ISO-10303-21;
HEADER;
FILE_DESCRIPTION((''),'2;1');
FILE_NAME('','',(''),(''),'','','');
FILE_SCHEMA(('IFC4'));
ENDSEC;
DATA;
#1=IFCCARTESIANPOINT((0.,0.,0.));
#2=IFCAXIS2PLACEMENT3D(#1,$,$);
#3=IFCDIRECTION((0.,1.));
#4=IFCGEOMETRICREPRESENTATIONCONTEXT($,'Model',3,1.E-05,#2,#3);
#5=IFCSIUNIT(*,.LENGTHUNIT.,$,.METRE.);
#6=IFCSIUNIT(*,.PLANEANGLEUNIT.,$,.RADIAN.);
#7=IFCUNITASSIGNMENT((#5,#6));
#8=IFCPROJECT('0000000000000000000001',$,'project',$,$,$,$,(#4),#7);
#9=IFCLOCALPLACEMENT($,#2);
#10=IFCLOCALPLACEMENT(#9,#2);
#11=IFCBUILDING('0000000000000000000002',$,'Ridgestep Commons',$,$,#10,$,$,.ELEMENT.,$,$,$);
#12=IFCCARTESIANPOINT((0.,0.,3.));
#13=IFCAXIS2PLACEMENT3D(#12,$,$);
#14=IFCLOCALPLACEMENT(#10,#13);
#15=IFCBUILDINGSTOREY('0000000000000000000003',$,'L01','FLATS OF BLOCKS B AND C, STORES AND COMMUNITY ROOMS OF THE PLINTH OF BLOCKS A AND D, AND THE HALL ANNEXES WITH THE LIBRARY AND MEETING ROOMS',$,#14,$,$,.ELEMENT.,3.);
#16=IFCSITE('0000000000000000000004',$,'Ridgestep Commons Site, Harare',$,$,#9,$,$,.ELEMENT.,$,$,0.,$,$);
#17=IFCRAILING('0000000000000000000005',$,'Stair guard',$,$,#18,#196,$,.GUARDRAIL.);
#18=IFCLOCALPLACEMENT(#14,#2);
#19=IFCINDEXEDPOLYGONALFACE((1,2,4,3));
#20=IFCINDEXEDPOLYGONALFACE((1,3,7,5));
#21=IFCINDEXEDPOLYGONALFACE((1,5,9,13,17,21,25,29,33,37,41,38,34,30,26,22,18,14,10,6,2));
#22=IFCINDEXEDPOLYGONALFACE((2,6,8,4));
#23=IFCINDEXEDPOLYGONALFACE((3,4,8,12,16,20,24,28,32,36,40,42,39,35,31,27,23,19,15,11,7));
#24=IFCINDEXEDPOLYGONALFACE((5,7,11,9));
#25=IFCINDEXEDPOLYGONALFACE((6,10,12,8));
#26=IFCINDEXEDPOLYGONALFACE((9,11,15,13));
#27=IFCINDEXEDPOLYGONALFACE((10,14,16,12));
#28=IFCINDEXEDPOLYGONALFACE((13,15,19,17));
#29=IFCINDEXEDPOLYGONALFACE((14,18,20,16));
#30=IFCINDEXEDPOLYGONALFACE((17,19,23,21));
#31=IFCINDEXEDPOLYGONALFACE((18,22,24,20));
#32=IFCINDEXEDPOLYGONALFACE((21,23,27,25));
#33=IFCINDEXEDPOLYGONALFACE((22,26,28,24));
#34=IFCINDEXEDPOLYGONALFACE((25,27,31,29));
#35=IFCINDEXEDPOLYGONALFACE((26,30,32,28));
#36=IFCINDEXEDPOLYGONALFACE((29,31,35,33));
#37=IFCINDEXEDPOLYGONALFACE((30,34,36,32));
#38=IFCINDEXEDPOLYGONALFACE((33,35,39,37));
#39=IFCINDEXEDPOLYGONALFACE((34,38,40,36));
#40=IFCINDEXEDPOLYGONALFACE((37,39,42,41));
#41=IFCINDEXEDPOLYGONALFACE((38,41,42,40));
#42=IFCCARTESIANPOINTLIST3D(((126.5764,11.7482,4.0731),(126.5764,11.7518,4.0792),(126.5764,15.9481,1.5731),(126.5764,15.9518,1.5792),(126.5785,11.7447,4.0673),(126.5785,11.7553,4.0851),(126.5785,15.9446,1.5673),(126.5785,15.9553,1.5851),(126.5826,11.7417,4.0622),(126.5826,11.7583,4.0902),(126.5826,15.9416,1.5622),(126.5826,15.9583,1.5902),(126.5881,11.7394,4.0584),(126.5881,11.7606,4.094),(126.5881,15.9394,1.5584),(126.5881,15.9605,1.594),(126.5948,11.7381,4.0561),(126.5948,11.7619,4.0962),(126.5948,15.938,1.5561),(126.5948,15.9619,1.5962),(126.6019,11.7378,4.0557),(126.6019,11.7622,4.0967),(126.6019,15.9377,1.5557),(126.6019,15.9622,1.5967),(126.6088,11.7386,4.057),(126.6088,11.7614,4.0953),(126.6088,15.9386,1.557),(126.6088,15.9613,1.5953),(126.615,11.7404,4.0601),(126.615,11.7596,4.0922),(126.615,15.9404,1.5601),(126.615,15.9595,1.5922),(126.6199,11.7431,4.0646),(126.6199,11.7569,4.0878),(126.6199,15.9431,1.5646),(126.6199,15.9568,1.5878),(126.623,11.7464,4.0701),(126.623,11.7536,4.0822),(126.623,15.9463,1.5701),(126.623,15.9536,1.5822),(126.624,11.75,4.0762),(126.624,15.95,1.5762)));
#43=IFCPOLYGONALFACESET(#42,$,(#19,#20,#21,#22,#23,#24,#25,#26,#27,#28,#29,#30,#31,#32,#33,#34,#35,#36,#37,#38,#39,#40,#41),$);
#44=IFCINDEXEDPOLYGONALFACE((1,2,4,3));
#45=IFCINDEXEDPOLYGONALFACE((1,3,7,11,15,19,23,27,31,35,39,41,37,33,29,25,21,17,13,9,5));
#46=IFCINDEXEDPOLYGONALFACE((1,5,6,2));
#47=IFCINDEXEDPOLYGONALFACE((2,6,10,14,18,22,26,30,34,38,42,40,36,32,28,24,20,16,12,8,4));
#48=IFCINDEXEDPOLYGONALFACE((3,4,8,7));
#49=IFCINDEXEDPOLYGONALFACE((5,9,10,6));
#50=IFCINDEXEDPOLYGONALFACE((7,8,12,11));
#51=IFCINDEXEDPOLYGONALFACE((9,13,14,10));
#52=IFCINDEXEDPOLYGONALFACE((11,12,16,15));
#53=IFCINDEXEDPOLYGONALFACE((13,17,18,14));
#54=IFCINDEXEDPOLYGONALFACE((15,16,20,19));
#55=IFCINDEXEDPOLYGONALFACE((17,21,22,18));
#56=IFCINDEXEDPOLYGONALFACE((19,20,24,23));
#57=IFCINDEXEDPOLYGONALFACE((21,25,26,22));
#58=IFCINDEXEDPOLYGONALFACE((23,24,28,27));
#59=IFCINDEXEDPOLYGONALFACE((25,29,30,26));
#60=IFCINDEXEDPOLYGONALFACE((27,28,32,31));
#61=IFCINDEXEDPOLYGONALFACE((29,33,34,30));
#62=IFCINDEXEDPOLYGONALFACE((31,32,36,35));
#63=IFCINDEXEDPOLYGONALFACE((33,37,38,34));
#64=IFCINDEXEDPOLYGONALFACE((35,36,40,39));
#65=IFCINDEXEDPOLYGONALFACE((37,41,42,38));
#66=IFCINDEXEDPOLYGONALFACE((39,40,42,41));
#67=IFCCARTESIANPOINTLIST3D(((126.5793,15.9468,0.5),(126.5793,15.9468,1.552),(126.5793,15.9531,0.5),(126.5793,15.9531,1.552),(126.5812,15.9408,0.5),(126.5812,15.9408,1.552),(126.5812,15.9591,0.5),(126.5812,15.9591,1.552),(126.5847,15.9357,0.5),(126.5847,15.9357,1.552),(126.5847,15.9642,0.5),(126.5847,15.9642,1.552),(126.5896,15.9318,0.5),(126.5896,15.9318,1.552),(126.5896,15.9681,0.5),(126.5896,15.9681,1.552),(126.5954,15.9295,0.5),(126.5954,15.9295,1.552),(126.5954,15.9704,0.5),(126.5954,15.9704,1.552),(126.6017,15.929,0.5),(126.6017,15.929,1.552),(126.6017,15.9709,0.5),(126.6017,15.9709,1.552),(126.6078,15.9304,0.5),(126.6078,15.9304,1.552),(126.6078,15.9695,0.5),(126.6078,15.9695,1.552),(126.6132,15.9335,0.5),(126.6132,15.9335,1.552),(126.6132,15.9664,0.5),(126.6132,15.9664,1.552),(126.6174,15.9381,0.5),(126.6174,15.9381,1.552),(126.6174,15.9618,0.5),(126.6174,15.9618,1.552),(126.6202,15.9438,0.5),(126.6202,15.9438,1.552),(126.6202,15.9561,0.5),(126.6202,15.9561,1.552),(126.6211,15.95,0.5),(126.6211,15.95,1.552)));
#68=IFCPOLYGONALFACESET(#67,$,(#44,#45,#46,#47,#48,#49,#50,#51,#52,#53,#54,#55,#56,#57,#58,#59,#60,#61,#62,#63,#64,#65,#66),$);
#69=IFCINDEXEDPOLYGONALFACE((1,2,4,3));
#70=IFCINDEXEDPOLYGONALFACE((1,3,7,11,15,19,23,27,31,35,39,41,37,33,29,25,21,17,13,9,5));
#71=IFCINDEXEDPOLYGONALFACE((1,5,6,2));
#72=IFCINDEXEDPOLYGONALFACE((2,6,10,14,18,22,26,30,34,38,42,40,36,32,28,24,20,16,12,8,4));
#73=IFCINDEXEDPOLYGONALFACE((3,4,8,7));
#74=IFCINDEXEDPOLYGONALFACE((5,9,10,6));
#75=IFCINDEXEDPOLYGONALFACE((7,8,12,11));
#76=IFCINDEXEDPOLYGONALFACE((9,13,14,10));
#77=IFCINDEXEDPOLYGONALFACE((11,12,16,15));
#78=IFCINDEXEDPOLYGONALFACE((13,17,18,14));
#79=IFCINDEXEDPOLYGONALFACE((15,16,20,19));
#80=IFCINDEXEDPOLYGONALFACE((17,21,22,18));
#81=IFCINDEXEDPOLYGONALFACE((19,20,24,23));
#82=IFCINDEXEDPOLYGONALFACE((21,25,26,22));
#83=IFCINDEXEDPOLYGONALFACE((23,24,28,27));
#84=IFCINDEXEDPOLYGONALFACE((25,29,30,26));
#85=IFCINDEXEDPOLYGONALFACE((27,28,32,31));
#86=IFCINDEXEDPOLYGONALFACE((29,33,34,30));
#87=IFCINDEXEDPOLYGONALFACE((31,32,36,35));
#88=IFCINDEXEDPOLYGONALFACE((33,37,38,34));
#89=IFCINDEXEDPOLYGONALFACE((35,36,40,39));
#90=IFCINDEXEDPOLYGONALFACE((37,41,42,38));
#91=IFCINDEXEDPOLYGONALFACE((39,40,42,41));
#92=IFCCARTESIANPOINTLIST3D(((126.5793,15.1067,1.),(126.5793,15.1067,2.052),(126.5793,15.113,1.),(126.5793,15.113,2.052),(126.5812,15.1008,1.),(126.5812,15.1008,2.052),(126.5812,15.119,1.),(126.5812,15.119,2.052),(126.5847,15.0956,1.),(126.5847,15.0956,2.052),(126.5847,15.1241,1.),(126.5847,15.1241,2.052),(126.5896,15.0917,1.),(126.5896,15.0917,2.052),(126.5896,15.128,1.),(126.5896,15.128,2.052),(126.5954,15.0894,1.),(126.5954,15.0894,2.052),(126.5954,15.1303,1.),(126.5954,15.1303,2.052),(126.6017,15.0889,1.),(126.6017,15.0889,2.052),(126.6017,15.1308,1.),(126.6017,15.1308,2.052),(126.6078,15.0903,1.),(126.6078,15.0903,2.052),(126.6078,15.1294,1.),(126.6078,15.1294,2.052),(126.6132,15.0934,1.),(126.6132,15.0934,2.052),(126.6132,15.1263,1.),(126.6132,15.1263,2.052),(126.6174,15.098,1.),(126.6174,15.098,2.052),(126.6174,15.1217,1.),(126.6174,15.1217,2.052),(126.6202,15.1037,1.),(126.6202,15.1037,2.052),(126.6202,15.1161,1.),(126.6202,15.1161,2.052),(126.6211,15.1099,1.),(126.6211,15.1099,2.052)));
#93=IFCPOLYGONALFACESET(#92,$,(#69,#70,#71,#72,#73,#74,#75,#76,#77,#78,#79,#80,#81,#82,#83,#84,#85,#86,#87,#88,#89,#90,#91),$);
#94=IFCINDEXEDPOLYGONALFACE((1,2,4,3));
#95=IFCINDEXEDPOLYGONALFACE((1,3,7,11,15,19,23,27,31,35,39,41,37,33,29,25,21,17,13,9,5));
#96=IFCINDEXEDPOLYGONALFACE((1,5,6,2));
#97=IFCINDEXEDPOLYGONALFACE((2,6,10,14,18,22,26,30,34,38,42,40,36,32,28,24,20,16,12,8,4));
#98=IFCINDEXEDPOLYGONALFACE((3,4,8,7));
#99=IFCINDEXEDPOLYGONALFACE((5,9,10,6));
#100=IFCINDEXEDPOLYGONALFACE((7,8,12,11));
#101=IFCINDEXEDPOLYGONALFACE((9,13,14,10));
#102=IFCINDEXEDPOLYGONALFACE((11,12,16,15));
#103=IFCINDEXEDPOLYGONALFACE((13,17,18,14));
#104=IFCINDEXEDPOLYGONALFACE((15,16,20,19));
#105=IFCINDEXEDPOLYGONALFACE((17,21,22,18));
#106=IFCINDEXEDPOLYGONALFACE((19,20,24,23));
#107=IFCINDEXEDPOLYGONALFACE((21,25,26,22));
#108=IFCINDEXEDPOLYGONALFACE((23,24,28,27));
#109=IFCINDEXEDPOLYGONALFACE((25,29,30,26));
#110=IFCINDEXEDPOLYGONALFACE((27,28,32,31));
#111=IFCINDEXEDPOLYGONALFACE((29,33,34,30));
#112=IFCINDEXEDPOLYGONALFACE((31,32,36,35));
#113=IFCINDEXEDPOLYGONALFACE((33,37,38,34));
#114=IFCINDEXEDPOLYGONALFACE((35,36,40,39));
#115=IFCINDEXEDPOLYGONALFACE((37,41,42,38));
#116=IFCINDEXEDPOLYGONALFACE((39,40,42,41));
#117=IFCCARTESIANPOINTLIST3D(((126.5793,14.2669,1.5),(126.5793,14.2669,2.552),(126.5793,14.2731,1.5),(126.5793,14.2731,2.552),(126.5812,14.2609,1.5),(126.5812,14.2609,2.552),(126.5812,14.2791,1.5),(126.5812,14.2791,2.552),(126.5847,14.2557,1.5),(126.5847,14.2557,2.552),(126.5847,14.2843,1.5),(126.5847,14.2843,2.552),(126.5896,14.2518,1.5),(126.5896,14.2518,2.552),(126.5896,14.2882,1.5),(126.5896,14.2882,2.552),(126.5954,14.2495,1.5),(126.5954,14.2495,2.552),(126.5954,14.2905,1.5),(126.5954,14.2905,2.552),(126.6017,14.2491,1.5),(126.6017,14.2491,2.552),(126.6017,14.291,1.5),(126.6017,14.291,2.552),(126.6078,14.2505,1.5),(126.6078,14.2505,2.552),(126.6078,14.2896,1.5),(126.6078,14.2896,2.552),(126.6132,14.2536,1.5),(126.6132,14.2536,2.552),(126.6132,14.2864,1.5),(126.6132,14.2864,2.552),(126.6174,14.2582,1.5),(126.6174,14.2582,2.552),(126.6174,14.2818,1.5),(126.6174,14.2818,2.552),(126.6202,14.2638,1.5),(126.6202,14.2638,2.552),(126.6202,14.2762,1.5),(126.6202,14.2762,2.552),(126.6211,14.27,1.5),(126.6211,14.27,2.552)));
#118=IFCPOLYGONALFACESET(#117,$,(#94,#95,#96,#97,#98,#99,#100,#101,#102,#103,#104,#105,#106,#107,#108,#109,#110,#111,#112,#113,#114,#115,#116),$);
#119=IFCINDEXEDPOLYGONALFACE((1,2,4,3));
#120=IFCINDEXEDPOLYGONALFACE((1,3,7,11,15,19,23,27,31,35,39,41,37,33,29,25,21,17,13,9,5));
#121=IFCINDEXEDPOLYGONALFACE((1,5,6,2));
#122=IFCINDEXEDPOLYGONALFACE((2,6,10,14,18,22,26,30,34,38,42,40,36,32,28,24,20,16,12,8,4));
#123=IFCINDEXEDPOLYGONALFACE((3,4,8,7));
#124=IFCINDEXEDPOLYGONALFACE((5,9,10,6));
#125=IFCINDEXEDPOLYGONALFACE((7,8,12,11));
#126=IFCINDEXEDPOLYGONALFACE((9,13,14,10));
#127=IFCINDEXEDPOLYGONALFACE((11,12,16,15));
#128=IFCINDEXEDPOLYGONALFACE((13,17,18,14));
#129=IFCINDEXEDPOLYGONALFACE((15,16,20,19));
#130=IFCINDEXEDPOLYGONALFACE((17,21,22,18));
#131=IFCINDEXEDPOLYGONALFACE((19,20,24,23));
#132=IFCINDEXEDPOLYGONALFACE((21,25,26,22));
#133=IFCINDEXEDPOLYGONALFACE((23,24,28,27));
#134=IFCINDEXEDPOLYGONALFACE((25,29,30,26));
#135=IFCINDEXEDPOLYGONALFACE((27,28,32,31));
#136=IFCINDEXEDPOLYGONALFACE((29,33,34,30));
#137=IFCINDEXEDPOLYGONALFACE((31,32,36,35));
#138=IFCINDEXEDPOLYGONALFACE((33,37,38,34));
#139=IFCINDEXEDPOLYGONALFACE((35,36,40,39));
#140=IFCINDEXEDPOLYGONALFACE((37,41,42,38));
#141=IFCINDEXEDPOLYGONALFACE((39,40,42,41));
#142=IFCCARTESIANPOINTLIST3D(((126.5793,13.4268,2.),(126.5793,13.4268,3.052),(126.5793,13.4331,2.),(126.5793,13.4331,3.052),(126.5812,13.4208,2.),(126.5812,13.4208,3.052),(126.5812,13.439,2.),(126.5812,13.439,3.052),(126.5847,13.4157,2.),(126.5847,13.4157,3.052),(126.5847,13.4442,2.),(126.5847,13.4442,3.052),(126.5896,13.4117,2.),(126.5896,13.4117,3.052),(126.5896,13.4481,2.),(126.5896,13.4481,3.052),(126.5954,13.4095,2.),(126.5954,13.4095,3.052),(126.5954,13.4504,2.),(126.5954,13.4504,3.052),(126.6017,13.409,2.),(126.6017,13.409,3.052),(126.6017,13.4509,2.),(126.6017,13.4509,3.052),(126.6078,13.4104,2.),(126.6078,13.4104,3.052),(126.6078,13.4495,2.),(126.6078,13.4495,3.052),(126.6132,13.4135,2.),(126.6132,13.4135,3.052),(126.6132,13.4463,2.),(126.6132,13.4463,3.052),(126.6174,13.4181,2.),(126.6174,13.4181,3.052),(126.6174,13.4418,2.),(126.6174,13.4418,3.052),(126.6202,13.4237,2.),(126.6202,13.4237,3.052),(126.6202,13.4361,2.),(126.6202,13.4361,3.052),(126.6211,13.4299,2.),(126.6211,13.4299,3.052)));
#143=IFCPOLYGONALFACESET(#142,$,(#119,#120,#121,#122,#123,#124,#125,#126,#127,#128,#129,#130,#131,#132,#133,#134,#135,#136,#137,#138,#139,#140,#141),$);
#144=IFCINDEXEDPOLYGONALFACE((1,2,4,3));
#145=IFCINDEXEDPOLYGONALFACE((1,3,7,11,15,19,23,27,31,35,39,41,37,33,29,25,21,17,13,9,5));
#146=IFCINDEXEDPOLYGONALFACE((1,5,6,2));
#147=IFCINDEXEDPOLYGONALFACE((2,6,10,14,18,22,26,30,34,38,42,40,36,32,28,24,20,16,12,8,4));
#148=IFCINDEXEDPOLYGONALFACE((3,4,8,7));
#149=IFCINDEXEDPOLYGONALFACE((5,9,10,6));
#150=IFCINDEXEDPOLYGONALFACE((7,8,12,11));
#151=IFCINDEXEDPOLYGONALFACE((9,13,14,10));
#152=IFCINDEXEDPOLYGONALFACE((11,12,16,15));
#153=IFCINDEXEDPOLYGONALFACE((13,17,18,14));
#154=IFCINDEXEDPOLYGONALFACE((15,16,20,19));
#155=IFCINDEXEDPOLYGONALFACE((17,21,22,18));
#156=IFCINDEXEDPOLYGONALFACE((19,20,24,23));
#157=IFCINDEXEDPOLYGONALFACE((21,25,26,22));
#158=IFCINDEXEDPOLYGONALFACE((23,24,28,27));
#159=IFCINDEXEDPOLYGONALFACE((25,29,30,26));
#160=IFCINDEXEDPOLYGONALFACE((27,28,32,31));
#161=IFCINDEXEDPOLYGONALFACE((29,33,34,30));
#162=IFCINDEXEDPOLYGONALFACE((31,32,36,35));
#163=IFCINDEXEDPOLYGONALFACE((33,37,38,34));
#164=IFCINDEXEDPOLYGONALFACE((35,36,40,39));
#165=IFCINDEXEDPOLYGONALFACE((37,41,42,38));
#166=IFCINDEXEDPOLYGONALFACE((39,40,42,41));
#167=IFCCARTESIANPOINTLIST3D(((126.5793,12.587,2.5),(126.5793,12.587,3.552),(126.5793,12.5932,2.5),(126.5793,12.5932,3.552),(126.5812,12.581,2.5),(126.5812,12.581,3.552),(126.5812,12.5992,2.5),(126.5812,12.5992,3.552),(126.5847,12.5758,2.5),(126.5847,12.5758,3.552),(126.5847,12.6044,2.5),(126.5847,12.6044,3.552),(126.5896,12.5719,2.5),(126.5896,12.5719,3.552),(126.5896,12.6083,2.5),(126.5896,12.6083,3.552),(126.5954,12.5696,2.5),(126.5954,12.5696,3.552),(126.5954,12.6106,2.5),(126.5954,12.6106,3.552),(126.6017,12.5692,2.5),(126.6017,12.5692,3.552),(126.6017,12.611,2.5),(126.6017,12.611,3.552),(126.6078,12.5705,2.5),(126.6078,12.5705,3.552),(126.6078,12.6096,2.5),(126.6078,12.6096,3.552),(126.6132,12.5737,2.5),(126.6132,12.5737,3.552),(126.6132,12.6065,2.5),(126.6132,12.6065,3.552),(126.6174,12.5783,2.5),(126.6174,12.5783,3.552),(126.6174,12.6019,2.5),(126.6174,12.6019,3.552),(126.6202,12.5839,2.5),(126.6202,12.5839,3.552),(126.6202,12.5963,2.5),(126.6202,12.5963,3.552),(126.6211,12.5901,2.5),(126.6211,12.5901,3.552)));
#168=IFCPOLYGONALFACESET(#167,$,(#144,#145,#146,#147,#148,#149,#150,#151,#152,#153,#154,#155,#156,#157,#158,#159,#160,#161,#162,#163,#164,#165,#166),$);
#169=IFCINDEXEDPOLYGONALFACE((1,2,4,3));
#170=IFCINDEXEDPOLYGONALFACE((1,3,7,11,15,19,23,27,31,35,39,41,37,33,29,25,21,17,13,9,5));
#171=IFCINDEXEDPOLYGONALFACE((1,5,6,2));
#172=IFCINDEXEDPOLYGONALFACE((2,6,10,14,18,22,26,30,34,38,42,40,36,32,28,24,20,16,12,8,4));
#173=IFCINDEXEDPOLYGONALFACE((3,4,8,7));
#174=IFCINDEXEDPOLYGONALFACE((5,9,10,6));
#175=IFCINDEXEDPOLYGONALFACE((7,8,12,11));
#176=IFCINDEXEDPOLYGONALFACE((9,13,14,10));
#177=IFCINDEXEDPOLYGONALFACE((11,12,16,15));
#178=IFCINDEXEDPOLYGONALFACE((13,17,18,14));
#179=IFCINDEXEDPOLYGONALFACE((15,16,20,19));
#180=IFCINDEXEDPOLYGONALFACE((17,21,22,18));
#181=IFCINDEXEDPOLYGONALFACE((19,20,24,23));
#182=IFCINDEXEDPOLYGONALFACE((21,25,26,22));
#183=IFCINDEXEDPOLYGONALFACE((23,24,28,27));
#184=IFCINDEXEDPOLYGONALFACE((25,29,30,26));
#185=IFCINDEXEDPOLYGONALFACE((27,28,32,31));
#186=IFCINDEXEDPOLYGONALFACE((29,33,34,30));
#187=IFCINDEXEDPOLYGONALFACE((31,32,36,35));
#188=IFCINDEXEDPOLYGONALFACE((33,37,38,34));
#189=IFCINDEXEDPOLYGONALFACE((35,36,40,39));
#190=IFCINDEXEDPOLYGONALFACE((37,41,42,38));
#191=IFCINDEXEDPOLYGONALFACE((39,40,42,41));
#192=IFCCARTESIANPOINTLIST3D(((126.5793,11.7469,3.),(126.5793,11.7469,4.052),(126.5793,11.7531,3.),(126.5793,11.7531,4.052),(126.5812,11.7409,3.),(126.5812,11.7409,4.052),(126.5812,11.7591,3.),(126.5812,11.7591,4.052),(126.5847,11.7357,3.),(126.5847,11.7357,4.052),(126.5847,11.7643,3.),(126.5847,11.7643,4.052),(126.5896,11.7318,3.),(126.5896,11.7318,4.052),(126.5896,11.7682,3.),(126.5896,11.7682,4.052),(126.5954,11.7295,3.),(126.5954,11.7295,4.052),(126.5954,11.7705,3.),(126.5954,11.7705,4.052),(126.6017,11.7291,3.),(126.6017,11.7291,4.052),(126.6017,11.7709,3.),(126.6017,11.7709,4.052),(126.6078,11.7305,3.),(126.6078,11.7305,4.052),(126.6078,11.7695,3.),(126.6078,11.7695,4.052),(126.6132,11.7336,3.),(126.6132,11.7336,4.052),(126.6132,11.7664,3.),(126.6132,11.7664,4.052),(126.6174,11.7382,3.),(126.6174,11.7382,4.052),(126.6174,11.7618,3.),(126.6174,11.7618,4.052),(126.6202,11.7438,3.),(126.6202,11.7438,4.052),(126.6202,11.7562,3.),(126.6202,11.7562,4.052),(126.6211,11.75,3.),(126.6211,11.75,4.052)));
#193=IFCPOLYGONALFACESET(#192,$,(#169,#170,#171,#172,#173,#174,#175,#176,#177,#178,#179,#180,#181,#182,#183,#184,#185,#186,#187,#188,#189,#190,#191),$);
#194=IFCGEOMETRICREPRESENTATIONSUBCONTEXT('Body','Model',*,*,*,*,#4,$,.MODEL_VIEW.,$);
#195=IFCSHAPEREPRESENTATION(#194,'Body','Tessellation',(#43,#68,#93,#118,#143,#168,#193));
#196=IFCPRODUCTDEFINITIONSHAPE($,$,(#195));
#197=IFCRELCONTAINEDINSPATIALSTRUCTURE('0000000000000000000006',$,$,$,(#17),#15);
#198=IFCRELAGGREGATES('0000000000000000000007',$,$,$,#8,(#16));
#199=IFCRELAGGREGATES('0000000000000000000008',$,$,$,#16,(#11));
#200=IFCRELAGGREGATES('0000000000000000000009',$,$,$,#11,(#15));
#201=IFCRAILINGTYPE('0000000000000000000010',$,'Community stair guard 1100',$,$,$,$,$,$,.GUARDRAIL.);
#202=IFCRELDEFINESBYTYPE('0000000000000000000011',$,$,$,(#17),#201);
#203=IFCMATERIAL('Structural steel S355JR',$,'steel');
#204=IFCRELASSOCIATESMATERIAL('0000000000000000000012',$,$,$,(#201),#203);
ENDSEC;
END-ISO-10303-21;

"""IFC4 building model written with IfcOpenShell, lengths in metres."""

from ifc_helpers import new_model, si_unit, direction, frame, origin, origin_2d, place, context, subcontext, project, spatial, circle, extrude, material, type_object, element, save


model = new_model("IFC4")

# Units and contexts
model_context = context("Model", 3, precision=1e-05, world=origin(), true_north=direction((0.0, 1.0)))
body_context = subcontext(model_context, "Body", "Model", "MODEL_VIEW")
ifc_project = project(units=[si_unit("LENGTHUNIT", "METRE"), si_unit("PLANEANGLEUNIT", "RADIAN")], contexts=[model_context])

# Site, building, storey
site_placement = place(None, origin())
site = spatial("IfcSite", under=ifc_project, at=site_placement, Name="Ridgestep Commons Site, Harare", CompositionType="ELEMENT", RefElevation=0.0)
building_placement = place(site_placement, origin())
building = spatial("IfcBuilding", under=site, at=building_placement, Name="Ridgestep Commons", CompositionType="ELEMENT")
storey_placement = place(building_placement, frame((0.0, 0.0, 3.0)))
storey = spatial("IfcBuildingStorey", under=building, at=storey_placement, Name="L01", Description="FLATS OF BLOCKS B AND C, STORES AND COMMUNITY ROOMS OF THE PLINTH OF BLOCKS A AND D, AND THE HALL ANNEXES WITH THE LIBRARY AND MEETING ROOMS", CompositionType="ELEMENT", Elevation=3.0)

# Railing
ifc_material_1 = material(Name="Structural steel S355JR", Category="steel")
railing_type_1 = type_object("IfcRailingType", Name="Community stair guard 1100", PredefinedType="GUARDRAIL", material=ifc_material_1)
for number, where, name in (
    (1, (126.6001, 15.95, 0.5), "Stair guard"),
):
    element("IfcRailing", number, at=place(storey_placement, frame(where)), inside=storey, type_object=railing_type_1, Name=name, PredefinedType="GUARDRAIL", context=body_context, shape_type="SweptSolid", body=[
        extrude(circle(Radius=0.0239, at=origin_2d()), frame((0.0, 0.0, 1.0762), z_axis=(0.0, -0.85929, 0.511488), x_axis=(1.0, 0.0, 0.0)), (0.0, 0.0, 1.0), 4.8877),
        extrude(circle(Radius=0.021, at=origin_2d()), origin(), (0.0, 0.0, 1.0), 1.052),
        extrude(circle(Radius=0.021, at=origin_2d()), frame((0.0, -0.8401, 0.5)), (0.0, 0.0, 1.0), 1.052),
        extrude(circle(Radius=0.021, at=origin_2d()), frame((0.0, -1.6799, 1.0)), (0.0, 0.0, 1.0), 1.052),
        extrude(circle(Radius=0.021, at=origin_2d()), frame((0.0, -2.52, 1.5)), (0.0, 0.0, 1.0), 1.052),
        extrude(circle(Radius=0.021, at=origin_2d()), frame((0.0, -3.3599, 2.0)), (0.0, 0.0, 1.0), 1.052),
        extrude(circle(Radius=0.021, at=origin_2d()), frame((0.0, -4.2, 2.5)), (0.0, 0.0, 1.0), 1.052),
    ])

save(model, "model.ifc")
